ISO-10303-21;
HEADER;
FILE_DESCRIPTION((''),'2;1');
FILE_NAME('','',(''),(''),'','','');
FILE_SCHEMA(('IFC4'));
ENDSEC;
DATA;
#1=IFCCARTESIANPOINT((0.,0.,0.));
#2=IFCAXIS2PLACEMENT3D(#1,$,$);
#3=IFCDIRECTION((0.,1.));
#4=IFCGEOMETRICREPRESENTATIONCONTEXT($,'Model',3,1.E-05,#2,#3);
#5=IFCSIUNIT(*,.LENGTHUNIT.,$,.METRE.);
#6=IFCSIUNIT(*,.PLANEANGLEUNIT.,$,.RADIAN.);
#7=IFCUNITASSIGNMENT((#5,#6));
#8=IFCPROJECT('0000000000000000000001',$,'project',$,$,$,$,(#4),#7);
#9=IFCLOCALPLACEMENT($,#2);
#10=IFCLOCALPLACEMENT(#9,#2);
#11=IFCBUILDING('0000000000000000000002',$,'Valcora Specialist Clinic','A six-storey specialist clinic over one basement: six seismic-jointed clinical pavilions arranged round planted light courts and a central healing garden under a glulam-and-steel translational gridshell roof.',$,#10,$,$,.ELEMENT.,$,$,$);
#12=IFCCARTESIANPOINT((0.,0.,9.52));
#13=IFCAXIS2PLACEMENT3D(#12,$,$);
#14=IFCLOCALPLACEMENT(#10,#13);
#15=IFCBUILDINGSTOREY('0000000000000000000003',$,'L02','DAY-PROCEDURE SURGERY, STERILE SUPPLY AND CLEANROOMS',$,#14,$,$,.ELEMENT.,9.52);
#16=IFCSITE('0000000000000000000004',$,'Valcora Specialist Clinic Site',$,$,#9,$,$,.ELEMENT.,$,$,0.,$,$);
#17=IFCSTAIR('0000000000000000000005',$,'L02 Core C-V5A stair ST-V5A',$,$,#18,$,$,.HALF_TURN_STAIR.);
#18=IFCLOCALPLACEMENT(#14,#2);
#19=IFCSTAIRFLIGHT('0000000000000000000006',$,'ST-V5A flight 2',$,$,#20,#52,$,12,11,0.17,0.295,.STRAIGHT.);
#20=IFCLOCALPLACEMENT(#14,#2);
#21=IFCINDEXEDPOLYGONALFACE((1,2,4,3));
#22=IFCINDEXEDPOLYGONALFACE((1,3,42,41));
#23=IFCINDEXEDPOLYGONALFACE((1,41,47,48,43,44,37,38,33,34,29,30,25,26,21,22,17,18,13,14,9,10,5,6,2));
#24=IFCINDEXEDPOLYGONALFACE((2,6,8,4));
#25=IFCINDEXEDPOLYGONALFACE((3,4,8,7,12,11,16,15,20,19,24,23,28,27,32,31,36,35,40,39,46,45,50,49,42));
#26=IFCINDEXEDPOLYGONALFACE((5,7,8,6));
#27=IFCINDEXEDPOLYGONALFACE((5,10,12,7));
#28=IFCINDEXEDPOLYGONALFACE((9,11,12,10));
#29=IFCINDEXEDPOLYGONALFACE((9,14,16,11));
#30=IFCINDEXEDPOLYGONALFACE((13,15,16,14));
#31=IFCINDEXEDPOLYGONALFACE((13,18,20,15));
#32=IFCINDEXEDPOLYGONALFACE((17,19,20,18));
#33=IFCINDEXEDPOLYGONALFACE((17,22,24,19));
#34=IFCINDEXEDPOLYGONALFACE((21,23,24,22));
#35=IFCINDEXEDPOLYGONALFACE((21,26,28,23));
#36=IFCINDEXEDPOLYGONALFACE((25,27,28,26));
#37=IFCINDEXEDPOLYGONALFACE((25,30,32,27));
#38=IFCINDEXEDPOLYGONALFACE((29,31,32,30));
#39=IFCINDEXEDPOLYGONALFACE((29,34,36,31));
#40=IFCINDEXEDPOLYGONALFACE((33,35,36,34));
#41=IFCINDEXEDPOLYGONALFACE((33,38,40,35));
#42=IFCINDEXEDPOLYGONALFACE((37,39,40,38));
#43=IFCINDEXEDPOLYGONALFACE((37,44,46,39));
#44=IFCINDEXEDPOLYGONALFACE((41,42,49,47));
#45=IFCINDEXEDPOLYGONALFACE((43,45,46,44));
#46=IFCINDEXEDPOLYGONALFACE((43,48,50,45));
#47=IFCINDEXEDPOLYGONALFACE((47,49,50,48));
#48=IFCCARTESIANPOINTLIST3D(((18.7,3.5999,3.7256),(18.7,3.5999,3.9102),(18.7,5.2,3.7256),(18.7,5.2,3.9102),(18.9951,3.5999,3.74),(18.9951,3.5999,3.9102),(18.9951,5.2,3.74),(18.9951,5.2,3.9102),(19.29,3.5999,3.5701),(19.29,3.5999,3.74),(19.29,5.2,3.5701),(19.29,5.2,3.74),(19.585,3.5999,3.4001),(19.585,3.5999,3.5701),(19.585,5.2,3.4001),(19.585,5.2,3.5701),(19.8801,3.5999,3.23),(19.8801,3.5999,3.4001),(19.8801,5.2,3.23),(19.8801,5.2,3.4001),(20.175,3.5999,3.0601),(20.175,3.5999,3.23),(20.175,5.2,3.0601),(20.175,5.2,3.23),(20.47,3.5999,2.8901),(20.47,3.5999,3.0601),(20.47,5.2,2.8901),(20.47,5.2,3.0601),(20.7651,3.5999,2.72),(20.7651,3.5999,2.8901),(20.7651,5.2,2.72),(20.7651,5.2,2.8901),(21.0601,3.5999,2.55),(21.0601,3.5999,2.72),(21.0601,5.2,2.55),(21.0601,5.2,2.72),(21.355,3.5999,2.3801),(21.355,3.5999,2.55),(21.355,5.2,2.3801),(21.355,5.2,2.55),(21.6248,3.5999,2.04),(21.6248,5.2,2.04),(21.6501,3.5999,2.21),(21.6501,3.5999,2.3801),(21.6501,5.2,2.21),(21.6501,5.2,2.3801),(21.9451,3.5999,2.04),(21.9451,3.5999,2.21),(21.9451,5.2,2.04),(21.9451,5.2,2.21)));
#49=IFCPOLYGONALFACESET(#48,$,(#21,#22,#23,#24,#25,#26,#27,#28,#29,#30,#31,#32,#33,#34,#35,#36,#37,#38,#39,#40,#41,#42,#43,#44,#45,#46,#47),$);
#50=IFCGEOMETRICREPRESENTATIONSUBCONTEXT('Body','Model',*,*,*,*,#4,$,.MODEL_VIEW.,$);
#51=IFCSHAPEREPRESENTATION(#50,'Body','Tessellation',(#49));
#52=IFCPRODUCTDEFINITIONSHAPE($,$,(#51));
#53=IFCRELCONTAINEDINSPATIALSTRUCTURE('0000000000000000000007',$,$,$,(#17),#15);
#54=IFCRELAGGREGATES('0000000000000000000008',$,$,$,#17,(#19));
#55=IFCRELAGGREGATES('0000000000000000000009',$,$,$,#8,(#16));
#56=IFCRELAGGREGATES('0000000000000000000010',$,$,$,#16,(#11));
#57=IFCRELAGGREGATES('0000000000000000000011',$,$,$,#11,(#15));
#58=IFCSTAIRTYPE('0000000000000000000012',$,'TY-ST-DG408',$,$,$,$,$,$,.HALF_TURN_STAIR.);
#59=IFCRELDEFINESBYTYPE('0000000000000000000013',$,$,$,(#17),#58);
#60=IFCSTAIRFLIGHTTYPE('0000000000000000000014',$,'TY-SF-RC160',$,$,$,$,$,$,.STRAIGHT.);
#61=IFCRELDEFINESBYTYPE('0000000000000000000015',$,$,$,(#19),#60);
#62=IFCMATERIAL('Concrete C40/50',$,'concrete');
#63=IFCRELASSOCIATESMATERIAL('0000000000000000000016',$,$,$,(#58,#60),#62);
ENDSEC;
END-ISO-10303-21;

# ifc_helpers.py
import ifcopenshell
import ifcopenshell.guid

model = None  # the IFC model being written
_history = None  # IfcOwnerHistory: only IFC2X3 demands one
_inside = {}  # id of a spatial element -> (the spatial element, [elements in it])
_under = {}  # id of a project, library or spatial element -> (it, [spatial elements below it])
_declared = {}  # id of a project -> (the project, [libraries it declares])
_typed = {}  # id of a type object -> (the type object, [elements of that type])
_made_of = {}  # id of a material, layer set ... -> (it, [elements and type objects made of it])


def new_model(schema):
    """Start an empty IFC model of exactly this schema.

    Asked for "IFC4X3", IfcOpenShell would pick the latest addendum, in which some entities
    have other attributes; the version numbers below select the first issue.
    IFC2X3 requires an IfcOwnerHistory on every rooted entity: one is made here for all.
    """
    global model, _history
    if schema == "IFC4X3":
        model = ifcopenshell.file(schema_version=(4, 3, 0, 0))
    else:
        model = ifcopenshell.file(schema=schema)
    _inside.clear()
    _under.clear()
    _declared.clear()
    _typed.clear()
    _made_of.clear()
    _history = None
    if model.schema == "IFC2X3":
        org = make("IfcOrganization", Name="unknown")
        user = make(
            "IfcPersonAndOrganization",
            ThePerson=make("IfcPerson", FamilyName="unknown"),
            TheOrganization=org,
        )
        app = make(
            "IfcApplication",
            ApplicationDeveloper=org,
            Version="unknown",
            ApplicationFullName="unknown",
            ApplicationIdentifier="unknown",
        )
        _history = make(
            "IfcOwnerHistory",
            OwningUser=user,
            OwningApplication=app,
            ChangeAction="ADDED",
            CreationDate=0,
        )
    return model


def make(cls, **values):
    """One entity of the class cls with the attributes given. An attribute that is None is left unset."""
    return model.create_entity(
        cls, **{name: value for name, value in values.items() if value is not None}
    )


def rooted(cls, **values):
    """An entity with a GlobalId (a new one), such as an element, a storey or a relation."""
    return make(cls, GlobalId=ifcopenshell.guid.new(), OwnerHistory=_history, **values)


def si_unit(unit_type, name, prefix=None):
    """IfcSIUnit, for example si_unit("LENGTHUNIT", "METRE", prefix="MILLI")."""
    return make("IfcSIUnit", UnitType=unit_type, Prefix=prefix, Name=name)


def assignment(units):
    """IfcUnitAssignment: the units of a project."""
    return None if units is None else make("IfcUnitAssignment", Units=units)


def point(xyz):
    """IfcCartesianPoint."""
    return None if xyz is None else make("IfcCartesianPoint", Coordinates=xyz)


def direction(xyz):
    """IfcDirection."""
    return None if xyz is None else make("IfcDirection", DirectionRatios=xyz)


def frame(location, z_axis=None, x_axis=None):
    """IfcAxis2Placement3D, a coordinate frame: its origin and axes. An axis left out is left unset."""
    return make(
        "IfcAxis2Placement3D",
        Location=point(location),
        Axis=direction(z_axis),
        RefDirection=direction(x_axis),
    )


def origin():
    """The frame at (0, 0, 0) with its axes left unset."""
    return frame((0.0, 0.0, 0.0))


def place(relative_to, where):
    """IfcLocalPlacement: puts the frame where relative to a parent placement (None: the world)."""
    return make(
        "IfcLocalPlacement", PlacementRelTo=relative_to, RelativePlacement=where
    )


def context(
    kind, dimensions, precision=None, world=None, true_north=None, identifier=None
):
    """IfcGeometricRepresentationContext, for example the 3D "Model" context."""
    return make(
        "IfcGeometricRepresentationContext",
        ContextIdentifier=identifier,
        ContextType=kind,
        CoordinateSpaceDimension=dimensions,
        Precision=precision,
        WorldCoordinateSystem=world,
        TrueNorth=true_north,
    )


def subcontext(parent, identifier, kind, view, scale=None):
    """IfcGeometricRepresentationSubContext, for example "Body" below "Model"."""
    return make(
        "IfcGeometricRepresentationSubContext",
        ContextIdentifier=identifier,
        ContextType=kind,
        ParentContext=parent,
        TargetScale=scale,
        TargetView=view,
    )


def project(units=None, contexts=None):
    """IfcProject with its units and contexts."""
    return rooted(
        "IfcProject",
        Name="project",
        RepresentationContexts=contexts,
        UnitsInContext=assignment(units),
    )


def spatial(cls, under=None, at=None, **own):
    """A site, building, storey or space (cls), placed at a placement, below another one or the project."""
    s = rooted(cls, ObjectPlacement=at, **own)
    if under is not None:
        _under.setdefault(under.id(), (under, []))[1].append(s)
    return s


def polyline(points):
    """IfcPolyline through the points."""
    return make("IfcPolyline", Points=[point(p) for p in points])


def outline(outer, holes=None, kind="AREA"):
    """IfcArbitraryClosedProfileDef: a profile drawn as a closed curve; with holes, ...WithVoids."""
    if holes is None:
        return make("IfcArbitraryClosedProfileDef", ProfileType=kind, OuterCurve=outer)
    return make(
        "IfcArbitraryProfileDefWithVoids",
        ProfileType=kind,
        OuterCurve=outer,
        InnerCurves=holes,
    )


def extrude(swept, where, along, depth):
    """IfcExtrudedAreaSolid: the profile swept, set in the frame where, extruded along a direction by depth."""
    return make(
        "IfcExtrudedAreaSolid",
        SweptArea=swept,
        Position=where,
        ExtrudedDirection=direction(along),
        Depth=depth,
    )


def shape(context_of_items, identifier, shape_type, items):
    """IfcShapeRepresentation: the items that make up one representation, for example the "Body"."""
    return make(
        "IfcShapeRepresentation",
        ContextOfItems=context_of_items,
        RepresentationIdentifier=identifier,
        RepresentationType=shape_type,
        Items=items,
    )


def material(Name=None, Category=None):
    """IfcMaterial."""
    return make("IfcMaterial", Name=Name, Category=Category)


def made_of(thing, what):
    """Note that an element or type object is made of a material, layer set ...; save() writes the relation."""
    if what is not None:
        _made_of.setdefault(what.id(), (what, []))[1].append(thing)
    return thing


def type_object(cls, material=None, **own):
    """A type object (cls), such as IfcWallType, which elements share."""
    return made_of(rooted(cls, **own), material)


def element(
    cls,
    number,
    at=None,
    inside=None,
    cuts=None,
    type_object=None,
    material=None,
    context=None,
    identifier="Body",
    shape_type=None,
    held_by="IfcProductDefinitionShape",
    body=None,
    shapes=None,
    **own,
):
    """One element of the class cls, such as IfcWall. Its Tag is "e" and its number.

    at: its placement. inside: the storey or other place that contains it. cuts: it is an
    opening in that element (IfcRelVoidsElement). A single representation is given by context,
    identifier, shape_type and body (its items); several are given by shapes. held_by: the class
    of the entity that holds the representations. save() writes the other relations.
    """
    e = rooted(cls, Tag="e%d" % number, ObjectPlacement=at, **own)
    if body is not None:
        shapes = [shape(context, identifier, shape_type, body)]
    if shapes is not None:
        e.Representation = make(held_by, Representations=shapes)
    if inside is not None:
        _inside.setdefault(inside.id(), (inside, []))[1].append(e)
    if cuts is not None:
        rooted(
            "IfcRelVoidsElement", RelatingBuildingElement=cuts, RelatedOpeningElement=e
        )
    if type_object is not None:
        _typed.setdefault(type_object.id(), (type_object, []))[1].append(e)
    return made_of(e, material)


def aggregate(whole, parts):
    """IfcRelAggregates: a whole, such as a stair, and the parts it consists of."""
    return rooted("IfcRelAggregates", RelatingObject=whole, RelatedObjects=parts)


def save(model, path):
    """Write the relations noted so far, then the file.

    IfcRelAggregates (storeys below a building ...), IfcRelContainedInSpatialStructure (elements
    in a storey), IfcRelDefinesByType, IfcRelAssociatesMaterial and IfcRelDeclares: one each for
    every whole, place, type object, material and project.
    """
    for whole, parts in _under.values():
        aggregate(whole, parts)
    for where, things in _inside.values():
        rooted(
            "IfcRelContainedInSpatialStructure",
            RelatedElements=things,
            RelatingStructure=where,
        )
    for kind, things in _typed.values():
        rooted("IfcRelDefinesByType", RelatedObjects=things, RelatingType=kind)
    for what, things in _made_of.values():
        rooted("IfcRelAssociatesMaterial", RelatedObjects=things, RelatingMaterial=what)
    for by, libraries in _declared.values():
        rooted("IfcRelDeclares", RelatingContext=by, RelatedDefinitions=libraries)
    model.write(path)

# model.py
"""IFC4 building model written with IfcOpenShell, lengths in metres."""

from ifc_helpers import new_model, si_unit, direction, frame, origin, place, context, subcontext, project, spatial, polyline, outline, extrude, material, type_object, element, aggregate, save


model = new_model("IFC4")

# Units and contexts
model_context = context("Model", 3, precision=1e-05, world=origin(), true_north=direction((0.0, 1.0)))
body_context = subcontext(model_context, "Body", "Model", "MODEL_VIEW")
ifc_project = project(units=[si_unit("LENGTHUNIT", "METRE"), si_unit("PLANEANGLEUNIT", "RADIAN")], contexts=[model_context])

# Site, building, storey
site_placement = place(None, origin())
site = spatial("IfcSite", under=ifc_project, at=site_placement, Name="Valcora Specialist Clinic Site", CompositionType="ELEMENT", RefElevation=0.0)
building_placement = place(site_placement, origin())
building = spatial("IfcBuilding", under=site, at=building_placement, Name="Valcora Specialist Clinic", Description="A six-storey specialist clinic over one basement: six seismic-jointed clinical pavilions arranged round planted light courts and a central healing garden under a glulam-and-steel translational gridshell roof.", CompositionType="ELEMENT")
storey_placement = place(building_placement, frame((0.0, 0.0, 9.52)))
storey = spatial("IfcBuildingStorey", under=building, at=storey_placement, Name="L02", Description="DAY-PROCEDURE SURGERY, STERILE SUPPLY AND CLEANROOMS", CompositionType="ELEMENT", Elevation=9.52)

# Shared definitions
ifc_material_1 = material(Name="Concrete C40/50", Category="concrete")

# Stair, stair flight
stair_type = type_object("IfcStairType", Name="TY-ST-DG408", PredefinedType="HALF_TURN_STAIR", material=ifc_material_1)
stair_placement = place(storey_placement, origin())
stair = element("IfcStair", 1, at=stair_placement, inside=storey, type_object=stair_type, Name="L02 Core C-V5A stair ST-V5A", PredefinedType="HALF_TURN_STAIR")
stair_flight_type = type_object("IfcStairFlightType", Name="TY-SF-RC160", PredefinedType="STRAIGHT", material=ifc_material_1)
stair_flight_placement = place(storey_placement, frame((21.9451, 4.3999, 2.04), z_axis=(0.0, 0.0, 1.0), x_axis=(-1.0, 0.0, 0.0)))
stair_flight = element("IfcStairFlight", 2, at=stair_flight_placement, type_object=stair_flight_type, Name="ST-V5A flight 2", NumberOfRisers=12, NumberOfTreads=11, PredefinedType="STRAIGHT", RiserHeight=0.17, TreadLength=0.295, context=body_context, shape_type="SweptSolid", body=[
    extrude(outline(polyline([(0.0, 0.0), (0.0, 0.1699), (0.2949, 0.1699), (0.2949, 0.3401), (0.5901, 0.3401), (0.5901, 0.51), (0.885, 0.51), (0.885, 0.6799), (1.1799, 0.6799), (1.1799, 0.8501), (1.4751, 0.8501), (1.4751, 1.02), (1.77, 1.02), (1.77, 1.1899), (2.0649, 1.1899), (2.0649, 1.3601), (2.3601, 1.3601), (2.3601, 1.53), (2.655, 1.53), (2.655, 1.7), (2.95, 1.7), (2.95, 1.8701), (3.2451, 1.8701), (3.2451, 2.04), (3.2451, 1.6855), (0.3203, 0.0), (0.0, 0.0)])), frame((0.0, 0.8, 0.0), z_axis=(0.0, -1.0, 0.0), x_axis=(1.0, 0.0, 0.0)), (0.0, 0.0, 1.0), 1.6001),
])
aggregate(stair, [stair_flight])

save(model, "model.ifc")
